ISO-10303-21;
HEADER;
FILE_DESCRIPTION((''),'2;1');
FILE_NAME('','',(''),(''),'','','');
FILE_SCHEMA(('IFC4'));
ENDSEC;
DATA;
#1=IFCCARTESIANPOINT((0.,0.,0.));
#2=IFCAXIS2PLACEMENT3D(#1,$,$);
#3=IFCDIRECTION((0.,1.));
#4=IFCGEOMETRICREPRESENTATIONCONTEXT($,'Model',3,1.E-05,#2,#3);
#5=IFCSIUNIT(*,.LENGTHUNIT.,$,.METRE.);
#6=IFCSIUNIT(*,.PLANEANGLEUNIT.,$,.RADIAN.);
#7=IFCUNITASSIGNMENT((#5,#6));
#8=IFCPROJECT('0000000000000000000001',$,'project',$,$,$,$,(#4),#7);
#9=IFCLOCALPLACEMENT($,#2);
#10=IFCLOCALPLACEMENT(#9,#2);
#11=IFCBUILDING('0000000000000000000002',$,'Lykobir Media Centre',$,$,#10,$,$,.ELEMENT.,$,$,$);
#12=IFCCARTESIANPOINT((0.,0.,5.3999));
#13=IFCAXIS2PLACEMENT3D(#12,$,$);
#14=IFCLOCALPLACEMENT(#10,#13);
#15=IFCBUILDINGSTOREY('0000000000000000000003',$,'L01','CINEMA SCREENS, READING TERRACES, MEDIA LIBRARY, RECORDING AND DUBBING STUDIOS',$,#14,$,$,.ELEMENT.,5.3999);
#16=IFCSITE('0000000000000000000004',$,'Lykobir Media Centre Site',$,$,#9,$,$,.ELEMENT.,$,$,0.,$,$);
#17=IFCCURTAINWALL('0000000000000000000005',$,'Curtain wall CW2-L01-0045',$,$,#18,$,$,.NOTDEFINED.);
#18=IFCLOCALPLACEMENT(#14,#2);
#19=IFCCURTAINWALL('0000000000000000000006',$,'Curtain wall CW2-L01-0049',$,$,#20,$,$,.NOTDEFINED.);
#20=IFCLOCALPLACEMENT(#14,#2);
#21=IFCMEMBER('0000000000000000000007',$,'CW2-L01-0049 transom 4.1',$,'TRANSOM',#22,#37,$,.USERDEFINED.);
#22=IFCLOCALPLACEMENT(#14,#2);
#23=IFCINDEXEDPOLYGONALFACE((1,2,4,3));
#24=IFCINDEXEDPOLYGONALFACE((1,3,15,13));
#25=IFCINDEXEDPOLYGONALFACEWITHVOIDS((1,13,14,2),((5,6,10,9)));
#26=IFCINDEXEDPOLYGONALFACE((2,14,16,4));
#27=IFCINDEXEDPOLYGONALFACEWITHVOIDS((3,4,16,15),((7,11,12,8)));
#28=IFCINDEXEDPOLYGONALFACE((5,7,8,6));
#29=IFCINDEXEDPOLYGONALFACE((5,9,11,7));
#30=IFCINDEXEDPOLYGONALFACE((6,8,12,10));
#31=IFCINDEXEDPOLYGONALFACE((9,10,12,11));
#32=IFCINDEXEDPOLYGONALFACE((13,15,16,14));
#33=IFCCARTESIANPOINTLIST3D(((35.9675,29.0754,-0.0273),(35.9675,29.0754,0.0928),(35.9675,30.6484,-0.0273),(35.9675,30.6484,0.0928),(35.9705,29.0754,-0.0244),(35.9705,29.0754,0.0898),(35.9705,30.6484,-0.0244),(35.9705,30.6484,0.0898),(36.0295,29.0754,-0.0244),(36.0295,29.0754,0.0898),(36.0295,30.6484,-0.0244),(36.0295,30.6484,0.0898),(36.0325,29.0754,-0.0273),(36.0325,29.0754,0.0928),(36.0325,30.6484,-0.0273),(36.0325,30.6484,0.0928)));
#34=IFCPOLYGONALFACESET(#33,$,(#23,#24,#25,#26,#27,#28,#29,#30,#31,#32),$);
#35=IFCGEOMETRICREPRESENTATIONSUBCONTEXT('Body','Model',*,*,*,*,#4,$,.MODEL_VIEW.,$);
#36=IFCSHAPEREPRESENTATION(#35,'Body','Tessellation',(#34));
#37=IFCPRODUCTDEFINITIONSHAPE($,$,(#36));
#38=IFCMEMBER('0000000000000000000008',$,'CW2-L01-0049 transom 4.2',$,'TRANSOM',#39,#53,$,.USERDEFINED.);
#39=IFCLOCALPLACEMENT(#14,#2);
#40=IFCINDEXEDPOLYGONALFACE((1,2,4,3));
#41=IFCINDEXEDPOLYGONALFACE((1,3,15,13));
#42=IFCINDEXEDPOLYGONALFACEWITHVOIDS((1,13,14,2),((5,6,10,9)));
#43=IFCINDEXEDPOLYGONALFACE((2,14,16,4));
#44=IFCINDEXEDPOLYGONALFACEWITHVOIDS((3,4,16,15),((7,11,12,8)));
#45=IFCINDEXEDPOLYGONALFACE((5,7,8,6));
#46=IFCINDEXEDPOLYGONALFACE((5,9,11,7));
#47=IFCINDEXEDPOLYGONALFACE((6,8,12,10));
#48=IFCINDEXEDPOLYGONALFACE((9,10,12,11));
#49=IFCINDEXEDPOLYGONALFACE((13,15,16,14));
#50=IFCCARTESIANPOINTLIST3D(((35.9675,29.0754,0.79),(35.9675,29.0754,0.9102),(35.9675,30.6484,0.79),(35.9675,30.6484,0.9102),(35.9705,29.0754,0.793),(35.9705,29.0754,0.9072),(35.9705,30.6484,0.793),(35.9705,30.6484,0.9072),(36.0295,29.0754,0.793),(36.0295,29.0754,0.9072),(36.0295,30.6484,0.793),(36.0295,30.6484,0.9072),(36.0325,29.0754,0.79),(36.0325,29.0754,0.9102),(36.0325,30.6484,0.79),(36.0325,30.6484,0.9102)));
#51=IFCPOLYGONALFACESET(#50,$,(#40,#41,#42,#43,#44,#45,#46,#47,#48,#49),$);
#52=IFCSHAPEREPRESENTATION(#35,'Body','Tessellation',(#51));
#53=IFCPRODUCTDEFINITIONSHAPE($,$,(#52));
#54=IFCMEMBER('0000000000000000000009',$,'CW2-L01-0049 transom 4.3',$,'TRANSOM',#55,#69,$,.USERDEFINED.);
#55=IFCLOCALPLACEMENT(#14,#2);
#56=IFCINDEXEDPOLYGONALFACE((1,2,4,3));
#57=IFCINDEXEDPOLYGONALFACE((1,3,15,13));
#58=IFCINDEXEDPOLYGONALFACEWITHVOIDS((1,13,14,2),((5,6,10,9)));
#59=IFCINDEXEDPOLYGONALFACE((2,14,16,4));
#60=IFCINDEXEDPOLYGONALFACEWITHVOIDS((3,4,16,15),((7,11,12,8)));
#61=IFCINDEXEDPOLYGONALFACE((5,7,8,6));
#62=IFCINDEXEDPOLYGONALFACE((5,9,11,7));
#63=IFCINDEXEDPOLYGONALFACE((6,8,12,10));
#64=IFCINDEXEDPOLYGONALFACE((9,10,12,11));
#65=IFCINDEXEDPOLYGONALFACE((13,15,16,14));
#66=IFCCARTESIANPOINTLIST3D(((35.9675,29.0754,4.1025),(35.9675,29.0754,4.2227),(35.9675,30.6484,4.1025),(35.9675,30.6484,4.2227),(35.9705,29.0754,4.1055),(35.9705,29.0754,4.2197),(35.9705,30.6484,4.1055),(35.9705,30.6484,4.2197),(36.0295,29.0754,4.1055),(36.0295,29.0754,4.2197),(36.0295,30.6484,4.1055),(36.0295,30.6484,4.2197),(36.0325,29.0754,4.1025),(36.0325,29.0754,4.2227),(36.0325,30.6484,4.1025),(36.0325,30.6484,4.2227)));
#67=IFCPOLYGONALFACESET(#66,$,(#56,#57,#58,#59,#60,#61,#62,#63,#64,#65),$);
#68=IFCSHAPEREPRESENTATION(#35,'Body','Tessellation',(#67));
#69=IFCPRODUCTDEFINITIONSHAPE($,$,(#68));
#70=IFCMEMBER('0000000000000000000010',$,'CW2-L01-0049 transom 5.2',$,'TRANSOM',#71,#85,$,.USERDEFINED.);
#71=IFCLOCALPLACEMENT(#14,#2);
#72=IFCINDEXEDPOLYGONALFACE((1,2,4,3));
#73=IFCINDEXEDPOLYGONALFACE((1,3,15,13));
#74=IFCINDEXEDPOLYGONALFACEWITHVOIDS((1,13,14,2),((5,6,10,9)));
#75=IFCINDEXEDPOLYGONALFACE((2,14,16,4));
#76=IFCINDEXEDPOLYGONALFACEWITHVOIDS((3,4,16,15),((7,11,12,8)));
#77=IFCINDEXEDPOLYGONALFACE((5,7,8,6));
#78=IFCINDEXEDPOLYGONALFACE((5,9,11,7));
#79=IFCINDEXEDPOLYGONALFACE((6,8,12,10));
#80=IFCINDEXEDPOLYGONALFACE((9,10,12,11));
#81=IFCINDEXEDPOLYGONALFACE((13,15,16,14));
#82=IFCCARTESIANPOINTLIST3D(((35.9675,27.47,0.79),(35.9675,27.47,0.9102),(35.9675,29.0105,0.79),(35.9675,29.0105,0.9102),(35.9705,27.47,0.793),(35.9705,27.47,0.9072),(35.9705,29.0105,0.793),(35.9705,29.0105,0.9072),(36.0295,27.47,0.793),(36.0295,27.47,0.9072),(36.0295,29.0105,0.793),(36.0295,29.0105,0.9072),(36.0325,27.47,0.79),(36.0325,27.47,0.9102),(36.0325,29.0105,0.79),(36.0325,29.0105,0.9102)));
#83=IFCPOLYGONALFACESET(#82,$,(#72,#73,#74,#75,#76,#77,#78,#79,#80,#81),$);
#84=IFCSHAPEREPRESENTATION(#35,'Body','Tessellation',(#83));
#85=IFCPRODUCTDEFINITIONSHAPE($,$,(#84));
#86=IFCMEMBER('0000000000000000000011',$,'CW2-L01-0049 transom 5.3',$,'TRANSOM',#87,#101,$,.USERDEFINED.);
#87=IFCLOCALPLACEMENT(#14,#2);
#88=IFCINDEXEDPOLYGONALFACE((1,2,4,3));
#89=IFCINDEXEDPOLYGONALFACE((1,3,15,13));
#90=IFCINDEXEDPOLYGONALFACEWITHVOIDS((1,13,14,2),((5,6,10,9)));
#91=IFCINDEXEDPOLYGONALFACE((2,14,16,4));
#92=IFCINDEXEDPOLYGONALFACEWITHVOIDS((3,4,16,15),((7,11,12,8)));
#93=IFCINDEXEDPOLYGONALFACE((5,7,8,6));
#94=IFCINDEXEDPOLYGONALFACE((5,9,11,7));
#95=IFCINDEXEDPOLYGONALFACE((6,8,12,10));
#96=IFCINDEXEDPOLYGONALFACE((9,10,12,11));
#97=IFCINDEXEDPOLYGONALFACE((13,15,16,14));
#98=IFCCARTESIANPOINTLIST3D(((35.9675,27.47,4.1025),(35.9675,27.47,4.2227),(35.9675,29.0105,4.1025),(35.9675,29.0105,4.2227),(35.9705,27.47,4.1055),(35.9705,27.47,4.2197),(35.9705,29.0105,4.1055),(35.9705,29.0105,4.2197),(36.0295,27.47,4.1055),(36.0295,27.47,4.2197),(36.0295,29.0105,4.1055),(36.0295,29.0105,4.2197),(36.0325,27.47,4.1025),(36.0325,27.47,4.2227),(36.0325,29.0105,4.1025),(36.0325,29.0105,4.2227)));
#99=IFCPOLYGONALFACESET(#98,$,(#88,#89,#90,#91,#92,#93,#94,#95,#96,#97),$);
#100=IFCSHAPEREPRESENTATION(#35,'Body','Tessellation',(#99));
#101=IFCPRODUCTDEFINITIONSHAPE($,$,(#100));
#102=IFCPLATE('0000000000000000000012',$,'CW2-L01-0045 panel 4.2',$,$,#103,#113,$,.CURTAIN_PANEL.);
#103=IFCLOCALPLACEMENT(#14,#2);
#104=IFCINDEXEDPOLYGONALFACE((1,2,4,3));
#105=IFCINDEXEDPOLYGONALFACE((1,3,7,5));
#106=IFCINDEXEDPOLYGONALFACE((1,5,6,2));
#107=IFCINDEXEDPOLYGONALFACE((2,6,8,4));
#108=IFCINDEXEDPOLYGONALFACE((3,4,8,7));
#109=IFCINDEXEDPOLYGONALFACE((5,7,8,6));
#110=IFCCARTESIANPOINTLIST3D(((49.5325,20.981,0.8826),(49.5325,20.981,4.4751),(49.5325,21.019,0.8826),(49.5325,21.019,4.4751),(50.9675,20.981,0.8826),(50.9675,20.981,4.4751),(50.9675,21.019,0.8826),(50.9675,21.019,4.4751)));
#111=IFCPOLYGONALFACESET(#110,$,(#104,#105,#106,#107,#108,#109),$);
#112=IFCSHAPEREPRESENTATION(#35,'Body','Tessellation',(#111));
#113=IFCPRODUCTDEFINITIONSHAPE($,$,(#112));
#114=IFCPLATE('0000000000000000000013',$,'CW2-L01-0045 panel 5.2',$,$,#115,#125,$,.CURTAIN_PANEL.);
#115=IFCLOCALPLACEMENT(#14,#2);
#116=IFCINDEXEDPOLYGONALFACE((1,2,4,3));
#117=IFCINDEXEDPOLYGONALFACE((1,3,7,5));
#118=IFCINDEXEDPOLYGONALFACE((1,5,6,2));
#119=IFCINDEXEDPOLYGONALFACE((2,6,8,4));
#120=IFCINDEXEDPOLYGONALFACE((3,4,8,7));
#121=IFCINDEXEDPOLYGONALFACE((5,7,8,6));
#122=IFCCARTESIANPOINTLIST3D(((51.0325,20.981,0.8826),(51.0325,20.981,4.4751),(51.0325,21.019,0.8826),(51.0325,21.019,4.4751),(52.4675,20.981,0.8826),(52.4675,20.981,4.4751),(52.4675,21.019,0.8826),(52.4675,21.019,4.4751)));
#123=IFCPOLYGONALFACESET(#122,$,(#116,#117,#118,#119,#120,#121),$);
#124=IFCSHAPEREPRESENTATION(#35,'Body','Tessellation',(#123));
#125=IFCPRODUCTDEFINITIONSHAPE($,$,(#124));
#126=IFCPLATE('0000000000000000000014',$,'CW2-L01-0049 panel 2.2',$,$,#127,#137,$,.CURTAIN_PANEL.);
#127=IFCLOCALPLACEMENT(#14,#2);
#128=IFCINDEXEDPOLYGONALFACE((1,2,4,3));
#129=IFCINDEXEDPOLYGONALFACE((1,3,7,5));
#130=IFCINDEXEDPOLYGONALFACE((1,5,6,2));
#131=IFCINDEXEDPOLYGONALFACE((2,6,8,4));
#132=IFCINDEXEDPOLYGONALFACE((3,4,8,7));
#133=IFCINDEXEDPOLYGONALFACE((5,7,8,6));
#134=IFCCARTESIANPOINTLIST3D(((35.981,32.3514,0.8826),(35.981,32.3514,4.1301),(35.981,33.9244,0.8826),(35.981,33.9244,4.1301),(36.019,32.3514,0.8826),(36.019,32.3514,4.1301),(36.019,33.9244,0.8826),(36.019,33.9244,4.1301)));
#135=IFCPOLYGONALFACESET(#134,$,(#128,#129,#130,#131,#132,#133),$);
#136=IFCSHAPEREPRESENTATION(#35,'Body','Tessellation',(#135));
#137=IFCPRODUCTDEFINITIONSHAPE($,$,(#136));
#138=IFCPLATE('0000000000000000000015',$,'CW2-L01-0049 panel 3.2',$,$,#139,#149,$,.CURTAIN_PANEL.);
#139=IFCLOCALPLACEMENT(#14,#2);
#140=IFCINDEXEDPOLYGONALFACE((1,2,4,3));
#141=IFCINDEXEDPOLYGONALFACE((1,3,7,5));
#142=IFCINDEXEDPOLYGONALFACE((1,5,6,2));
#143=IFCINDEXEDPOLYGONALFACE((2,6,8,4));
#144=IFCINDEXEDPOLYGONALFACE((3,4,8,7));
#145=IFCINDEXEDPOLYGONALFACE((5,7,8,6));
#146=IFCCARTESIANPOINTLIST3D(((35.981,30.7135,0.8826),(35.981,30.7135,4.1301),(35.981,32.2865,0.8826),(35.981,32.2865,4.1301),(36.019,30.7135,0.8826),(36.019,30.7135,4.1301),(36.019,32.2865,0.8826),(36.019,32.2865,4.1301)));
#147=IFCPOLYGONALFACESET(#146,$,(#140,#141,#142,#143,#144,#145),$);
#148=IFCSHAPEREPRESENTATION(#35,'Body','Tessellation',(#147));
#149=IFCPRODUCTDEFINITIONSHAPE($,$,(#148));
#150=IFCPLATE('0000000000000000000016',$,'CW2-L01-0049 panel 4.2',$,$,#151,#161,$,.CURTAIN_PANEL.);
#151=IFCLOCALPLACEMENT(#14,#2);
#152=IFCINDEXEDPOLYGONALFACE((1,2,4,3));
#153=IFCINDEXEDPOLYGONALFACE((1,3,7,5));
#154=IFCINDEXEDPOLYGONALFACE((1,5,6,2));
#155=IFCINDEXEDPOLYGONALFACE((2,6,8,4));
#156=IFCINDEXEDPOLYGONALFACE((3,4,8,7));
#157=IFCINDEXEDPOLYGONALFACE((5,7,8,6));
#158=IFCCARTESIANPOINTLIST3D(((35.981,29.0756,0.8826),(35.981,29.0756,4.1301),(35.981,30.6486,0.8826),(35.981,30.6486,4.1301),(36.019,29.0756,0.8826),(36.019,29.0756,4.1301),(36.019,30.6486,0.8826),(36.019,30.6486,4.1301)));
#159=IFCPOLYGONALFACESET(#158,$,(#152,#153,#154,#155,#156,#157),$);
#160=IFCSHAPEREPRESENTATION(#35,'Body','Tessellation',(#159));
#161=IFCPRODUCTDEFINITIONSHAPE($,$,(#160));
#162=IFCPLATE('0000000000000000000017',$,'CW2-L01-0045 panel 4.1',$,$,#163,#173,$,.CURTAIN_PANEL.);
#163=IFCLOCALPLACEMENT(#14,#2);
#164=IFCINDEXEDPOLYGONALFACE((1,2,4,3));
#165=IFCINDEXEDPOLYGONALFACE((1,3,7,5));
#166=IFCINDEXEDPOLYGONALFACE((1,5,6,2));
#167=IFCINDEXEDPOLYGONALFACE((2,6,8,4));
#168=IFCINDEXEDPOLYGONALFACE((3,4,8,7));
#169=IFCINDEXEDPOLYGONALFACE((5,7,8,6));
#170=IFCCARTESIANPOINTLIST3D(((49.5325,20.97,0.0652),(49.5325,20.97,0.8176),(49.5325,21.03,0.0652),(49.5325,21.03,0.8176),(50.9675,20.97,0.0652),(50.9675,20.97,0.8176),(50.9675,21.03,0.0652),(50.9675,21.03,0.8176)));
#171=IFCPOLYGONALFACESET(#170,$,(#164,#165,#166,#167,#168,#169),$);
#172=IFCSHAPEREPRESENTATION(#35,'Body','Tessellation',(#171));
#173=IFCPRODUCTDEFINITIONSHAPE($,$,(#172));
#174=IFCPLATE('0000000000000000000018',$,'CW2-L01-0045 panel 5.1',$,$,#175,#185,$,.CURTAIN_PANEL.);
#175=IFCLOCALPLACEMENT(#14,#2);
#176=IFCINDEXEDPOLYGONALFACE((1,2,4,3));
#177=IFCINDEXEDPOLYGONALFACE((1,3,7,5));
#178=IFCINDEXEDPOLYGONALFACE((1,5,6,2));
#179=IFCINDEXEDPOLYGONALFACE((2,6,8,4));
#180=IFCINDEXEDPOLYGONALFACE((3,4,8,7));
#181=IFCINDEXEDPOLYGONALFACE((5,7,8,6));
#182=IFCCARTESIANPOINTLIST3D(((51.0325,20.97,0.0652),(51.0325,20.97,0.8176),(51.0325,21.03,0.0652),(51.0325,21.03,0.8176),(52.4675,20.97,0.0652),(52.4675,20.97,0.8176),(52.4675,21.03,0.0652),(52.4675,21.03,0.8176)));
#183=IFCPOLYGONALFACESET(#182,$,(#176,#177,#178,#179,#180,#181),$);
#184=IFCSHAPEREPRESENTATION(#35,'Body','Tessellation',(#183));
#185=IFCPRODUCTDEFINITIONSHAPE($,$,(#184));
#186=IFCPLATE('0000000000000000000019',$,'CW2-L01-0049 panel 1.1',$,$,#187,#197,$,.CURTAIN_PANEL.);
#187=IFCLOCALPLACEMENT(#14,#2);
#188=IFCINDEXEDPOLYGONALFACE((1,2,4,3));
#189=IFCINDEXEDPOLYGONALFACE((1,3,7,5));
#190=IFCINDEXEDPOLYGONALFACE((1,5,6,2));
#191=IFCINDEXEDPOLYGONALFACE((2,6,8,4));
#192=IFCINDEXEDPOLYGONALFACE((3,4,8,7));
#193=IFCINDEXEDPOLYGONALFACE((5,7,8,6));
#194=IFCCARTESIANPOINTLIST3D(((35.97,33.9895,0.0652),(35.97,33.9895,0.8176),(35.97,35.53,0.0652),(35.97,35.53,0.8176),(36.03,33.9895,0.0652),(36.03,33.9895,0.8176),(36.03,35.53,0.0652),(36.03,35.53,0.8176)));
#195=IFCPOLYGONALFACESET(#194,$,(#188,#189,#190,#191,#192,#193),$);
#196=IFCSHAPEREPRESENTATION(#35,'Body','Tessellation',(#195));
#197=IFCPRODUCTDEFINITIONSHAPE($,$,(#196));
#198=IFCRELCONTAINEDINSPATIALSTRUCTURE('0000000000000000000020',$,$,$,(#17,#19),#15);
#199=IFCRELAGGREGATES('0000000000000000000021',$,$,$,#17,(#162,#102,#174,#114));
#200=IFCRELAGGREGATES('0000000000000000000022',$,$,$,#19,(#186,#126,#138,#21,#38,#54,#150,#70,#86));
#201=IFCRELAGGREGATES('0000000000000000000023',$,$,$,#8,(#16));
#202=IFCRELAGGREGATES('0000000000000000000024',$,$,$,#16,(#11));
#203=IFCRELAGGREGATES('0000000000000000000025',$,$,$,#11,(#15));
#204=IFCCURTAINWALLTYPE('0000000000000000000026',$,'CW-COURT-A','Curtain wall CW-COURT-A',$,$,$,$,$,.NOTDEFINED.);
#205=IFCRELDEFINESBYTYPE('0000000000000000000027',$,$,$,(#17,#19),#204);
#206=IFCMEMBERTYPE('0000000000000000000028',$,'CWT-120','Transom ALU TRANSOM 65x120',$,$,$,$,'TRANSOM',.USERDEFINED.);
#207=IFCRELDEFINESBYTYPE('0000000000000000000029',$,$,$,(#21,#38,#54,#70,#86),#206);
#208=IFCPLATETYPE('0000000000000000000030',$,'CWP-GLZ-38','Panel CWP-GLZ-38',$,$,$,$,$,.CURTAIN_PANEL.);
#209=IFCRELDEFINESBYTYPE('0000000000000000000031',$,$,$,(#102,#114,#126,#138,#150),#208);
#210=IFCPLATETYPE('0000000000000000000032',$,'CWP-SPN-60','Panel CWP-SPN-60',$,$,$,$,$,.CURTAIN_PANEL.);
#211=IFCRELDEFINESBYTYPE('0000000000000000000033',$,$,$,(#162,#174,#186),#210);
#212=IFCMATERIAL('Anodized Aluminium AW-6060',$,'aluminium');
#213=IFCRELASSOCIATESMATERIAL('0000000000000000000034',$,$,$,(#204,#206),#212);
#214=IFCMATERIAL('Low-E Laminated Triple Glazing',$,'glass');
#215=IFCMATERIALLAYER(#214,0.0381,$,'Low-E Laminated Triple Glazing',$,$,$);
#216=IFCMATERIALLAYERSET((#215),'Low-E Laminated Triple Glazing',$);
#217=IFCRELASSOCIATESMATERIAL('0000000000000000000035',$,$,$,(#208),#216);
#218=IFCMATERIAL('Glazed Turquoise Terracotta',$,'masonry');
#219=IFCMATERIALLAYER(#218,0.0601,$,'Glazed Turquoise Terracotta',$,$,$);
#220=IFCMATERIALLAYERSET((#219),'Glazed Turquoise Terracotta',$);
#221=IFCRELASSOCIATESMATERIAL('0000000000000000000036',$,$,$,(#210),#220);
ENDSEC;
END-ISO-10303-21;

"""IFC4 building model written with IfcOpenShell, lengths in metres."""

from ifc_helpers import new_model, si_unit, direction, frame, origin, origin_2d, place, context, subcontext, project, spatial, rectangle, hollow_rectangle, extrude, material, layer, layer_set, material_profile, profile_set, type_object, element, aggregate, save


model = new_model("IFC4")

# Units and contexts
model_context = context("Model", 3, precision=1e-05, world=origin(), true_north=direction((0.0, 1.0)))
body_context = subcontext(model_context, "Body", "Model", "MODEL_VIEW")
ifc_project = project(units=[si_unit("LENGTHUNIT", "METRE"), si_unit("PLANEANGLEUNIT", "RADIAN")], contexts=[model_context])

# Site, building, storey
site_placement = place(None, origin())
site = spatial("IfcSite", under=ifc_project, at=site_placement, Name="Lykobir Media Centre Site", CompositionType="ELEMENT", RefElevation=0.0)
building_placement = place(site_placement, origin())
building = spatial("IfcBuilding", under=site, at=building_placement, Name="Lykobir Media Centre", CompositionType="ELEMENT")
storey_placement = place(building_placement, frame((0.0, 0.0, 5.3999)))
storey = spatial("IfcBuildingStorey", under=building, at=storey_placement, Name="L01", Description="CINEMA SCREENS, READING TERRACES, MEDIA LIBRARY, RECORDING AND DUBBING STUDIOS", CompositionType="ELEMENT", Elevation=5.3999)

# Curtain walls
ifc_material_1 = material(Name="Anodized Aluminium AW-6060", Category="aluminium")
curtain_wall_type = type_object("IfcCurtainWallType", Name="CW-COURT-A", Description="Curtain wall CW-COURT-A", PredefinedType="NOTDEFINED", material=ifc_material_1)
curtain_wall_1_placement = place(storey_placement, origin())
curtain_wall_1 = element("IfcCurtainWall", 1, at=curtain_wall_1_placement, inside=storey, type_object=curtain_wall_type, Name="Curtain wall CW2-L01-0045", PredefinedType="NOTDEFINED")
curtain_wall_2_placement = place(storey_placement, origin())
curtain_wall_2 = element("IfcCurtainWall", 2, at=curtain_wall_2_placement, inside=storey, type_object=curtain_wall_type, Name="Curtain wall CW2-L01-0049", PredefinedType="NOTDEFINED")

# Members
ifc_material_profile_1 = material_profile(ifc_material_1, hollow_rectangle(XDim=0.0649, YDim=0.1201, WallThickness=0.0029, at=origin_2d()), Name="ALU TRANSOM 65x120")
ifc_profile_set_1 = profile_set([ifc_material_profile_1], Name="Anodized Aluminium AW-6060")
member_type_1 = type_object("IfcMemberType", Name="CWT-120", Description="Transom ALU TRANSOM 65x120", ElementType="TRANSOM", PredefinedType="USERDEFINED", material=ifc_profile_set_1)
member_1_placement = place(storey_placement, frame((36.0, 30.6484, 0.0327), z_axis=(0.0, -1.0, 0.0), x_axis=(1.0, 0.0, 0.0)))
member_1 = element("IfcMember", 3, at=member_1_placement, type_object=member_type_1, Name="CW2-L01-0049 transom 4.1", ObjectType="TRANSOM", PredefinedType="USERDEFINED", context=body_context, shape_type="SweptSolid", body=[
    extrude(hollow_rectangle(XDim=0.0649, YDim=0.1201, WallThickness=0.0029, at=origin_2d()), origin(), (0.0, 0.0, 1.0), 1.573),
])
member_2_placement = place(storey_placement, frame((36.0, 30.6484, 0.8501), z_axis=(0.0, -1.0, 0.0), x_axis=(1.0, 0.0, 0.0)))
member_2 = element("IfcMember", 4, at=member_2_placement, type_object=member_type_1, Name="CW2-L01-0049 transom 4.2", ObjectType="TRANSOM", PredefinedType="USERDEFINED", context=body_context, shape_type="SweptSolid", body=[
    extrude(hollow_rectangle(XDim=0.0649, YDim=0.1201, WallThickness=0.0029, at=origin_2d()), origin(), (0.0, 0.0, 1.0), 1.573),
])
member_3_placement = place(storey_placement, frame((36.0, 30.6484, 4.1626), z_axis=(0.0, -1.0, 0.0), x_axis=(1.0, 0.0, 0.0)))
member_3 = element("IfcMember", 5, at=member_3_placement, type_object=member_type_1, Name="CW2-L01-0049 transom 4.3", ObjectType="TRANSOM", PredefinedType="USERDEFINED", context=body_context, shape_type="SweptSolid", body=[
    extrude(hollow_rectangle(XDim=0.0649, YDim=0.1201, WallThickness=0.0029, at=origin_2d()), origin(), (0.0, 0.0, 1.0), 1.573),
])
member_4_placement = place(storey_placement, frame((36.0, 29.0105, 0.8501), z_axis=(0.0, -1.0, 0.0), x_axis=(1.0, 0.0, 0.0)))
member_4 = element("IfcMember", 6, at=member_4_placement, type_object=member_type_1, Name="CW2-L01-0049 transom 5.2", ObjectType="TRANSOM", PredefinedType="USERDEFINED", context=body_context, shape_type="SweptSolid", body=[
    extrude(hollow_rectangle(XDim=0.0649, YDim=0.1201, WallThickness=0.0029, at=origin_2d()), origin(), (0.0, 0.0, 1.0), 1.5405),
])
member_5_placement = place(storey_placement, frame((36.0, 29.0105, 4.1626), z_axis=(0.0, -1.0, 0.0), x_axis=(1.0, 0.0, 0.0)))
member_5 = element("IfcMember", 7, at=member_5_placement, type_object=member_type_1, Name="CW2-L01-0049 transom 5.3", ObjectType="TRANSOM", PredefinedType="USERDEFINED", context=body_context, shape_type="SweptSolid", body=[
    extrude(hollow_rectangle(XDim=0.0649, YDim=0.1201, WallThickness=0.0029, at=origin_2d()), origin(), (0.0, 0.0, 1.0), 1.5405),
])

# Plates
ifc_material_2 = material(Name="Low-E Laminated Triple Glazing", Category="glass")
ifc_layer_1 = layer(ifc_material_2, 0.0381, Name="Low-E Laminated Triple Glazing")
ifc_layer_set_1 = layer_set([ifc_layer_1], Name="Low-E Laminated Triple Glazing")
plate_type_1 = type_object("IfcPlateType", Name="CWP-GLZ-38", Description="Panel CWP-GLZ-38", PredefinedType="CURTAIN_PANEL", material=ifc_layer_set_1)
plate_1_placement = place(storey_placement, frame((50.25, 21.0, 0.8826), z_axis=(0.0, 0.0, 1.0), x_axis=(1.0, 0.0, 0.0)))
plate_1 = element("IfcPlate", 8, at=plate_1_placement, type_object=plate_type_1, Name="CW2-L01-0045 panel 4.2", PredefinedType="CURTAIN_PANEL", context=body_context, shape_type="SweptSolid", body=[
    extrude(rectangle(XDim=1.4351, YDim=0.0381, at=origin_2d()), origin(), (0.0, 0.0, 1.0), 3.5925),
])
plate_2_placement = place(storey_placement, frame((51.75, 21.0, 0.8826), z_axis=(0.0, 0.0, 1.0), x_axis=(1.0, 0.0, 0.0)))
plate_2 = element("IfcPlate", 9, at=plate_2_placement, type_object=plate_type_1, Name="CW2-L01-0045 panel 5.2", PredefinedType="CURTAIN_PANEL", context=body_context, shape_type="SweptSolid", body=[
    extrude(rectangle(XDim=1.4351, YDim=0.0381, at=origin_2d()), origin(), (0.0, 0.0, 1.0), 3.5925),
])
plate_3_placement = place(storey_placement, frame((36.0, 33.1379, 0.8826), z_axis=(0.0, 0.0, 1.0), x_axis=(0.0, -1.0, 0.0)))
plate_3 = element("IfcPlate", 10, at=plate_3_placement, type_object=plate_type_1, Name="CW2-L01-0049 panel 2.2", PredefinedType="CURTAIN_PANEL", context=body_context, shape_type="SweptSolid", body=[
    extrude(rectangle(XDim=1.573, YDim=0.0381, at=origin_2d()), origin(), (0.0, 0.0, 1.0), 3.2476),
])
plate_4_placement = place(storey_placement, frame((36.0, 31.5, 0.8826), z_axis=(0.0, 0.0, 1.0), x_axis=(0.0, -1.0, 0.0)))
plate_4 = element("IfcPlate", 11, at=plate_4_placement, type_object=plate_type_1, Name="CW2-L01-0049 panel 3.2", PredefinedType="CURTAIN_PANEL", context=body_context, shape_type="SweptSolid", body=[
    extrude(rectangle(XDim=1.573, YDim=0.0381, at=origin_2d()), origin(), (0.0, 0.0, 1.0), 3.2476),
])
plate_5_placement = place(storey_placement, frame((36.0, 29.8621, 0.8826), z_axis=(0.0, 0.0, 1.0), x_axis=(0.0, -1.0, 0.0)))
plate_5 = element("IfcPlate", 12, at=plate_5_placement, type_object=plate_type_1, Name="CW2-L01-0049 panel 4.2", PredefinedType="CURTAIN_PANEL", context=body_context, shape_type="SweptSolid", body=[
    extrude(rectangle(XDim=1.573, YDim=0.0381, at=origin_2d()), origin(), (0.0, 0.0, 1.0), 3.2476),
])
ifc_material_3 = material(Name="Glazed Turquoise Terracotta", Category="masonry")
ifc_layer_2 = layer(ifc_material_3, 0.0601, Name="Glazed Turquoise Terracotta")
ifc_layer_set_2 = layer_set([ifc_layer_2], Name="Glazed Turquoise Terracotta")
plate_type_2 = type_object("IfcPlateType", Name="CWP-SPN-60", Description="Panel CWP-SPN-60", PredefinedType="CURTAIN_PANEL", material=ifc_layer_set_2)
plate_6_placement = place(storey_placement, frame((50.25, 21.0, 0.0652), z_axis=(0.0, 0.0, 1.0), x_axis=(1.0, 0.0, 0.0)))
plate_6 = element("IfcPlate", 13, at=plate_6_placement, type_object=plate_type_2, Name="CW2-L01-0045 panel 4.1", PredefinedType="CURTAIN_PANEL", context=body_context, shape_type="SweptSolid", body=[
    extrude(rectangle(XDim=1.4351, YDim=0.0601, at=origin_2d()), origin(), (0.0, 0.0, 1.0), 0.7524),
])
plate_7_placement = place(storey_placement, frame((51.75, 21.0, 0.0652), z_axis=(0.0, 0.0, 1.0), x_axis=(1.0, 0.0, 0.0)))
plate_7 = element("IfcPlate", 14, at=plate_7_placement, type_object=plate_type_2, Name="CW2-L01-0045 panel 5.1", PredefinedType="CURTAIN_PANEL", context=body_context, shape_type="SweptSolid", body=[
    extrude(rectangle(XDim=1.4351, YDim=0.0601, at=origin_2d()), origin(), (0.0, 0.0, 1.0), 0.7524),
])
aggregate(curtain_wall_1, [plate_6, plate_1, plate_7, plate_2])
plate_8_placement = place(storey_placement, frame((36.0, 34.7598, 0.0652), z_axis=(0.0, 0.0, 1.0), x_axis=(0.0, -1.0, 0.0)))
plate_8 = element("IfcPlate", 15, at=plate_8_placement, type_object=plate_type_2, Name="CW2-L01-0049 panel 1.1", PredefinedType="CURTAIN_PANEL", context=body_context, shape_type="SweptSolid", body=[
    extrude(rectangle(XDim=1.5405, YDim=0.0601, at=origin_2d()), origin(), (0.0, 0.0, 1.0), 0.7524),
])
aggregate(curtain_wall_2, [plate_8, plate_3, plate_4, member_1, member_2, member_3, plate_5, member_4, member_5])

save(model, "model.ifc")
